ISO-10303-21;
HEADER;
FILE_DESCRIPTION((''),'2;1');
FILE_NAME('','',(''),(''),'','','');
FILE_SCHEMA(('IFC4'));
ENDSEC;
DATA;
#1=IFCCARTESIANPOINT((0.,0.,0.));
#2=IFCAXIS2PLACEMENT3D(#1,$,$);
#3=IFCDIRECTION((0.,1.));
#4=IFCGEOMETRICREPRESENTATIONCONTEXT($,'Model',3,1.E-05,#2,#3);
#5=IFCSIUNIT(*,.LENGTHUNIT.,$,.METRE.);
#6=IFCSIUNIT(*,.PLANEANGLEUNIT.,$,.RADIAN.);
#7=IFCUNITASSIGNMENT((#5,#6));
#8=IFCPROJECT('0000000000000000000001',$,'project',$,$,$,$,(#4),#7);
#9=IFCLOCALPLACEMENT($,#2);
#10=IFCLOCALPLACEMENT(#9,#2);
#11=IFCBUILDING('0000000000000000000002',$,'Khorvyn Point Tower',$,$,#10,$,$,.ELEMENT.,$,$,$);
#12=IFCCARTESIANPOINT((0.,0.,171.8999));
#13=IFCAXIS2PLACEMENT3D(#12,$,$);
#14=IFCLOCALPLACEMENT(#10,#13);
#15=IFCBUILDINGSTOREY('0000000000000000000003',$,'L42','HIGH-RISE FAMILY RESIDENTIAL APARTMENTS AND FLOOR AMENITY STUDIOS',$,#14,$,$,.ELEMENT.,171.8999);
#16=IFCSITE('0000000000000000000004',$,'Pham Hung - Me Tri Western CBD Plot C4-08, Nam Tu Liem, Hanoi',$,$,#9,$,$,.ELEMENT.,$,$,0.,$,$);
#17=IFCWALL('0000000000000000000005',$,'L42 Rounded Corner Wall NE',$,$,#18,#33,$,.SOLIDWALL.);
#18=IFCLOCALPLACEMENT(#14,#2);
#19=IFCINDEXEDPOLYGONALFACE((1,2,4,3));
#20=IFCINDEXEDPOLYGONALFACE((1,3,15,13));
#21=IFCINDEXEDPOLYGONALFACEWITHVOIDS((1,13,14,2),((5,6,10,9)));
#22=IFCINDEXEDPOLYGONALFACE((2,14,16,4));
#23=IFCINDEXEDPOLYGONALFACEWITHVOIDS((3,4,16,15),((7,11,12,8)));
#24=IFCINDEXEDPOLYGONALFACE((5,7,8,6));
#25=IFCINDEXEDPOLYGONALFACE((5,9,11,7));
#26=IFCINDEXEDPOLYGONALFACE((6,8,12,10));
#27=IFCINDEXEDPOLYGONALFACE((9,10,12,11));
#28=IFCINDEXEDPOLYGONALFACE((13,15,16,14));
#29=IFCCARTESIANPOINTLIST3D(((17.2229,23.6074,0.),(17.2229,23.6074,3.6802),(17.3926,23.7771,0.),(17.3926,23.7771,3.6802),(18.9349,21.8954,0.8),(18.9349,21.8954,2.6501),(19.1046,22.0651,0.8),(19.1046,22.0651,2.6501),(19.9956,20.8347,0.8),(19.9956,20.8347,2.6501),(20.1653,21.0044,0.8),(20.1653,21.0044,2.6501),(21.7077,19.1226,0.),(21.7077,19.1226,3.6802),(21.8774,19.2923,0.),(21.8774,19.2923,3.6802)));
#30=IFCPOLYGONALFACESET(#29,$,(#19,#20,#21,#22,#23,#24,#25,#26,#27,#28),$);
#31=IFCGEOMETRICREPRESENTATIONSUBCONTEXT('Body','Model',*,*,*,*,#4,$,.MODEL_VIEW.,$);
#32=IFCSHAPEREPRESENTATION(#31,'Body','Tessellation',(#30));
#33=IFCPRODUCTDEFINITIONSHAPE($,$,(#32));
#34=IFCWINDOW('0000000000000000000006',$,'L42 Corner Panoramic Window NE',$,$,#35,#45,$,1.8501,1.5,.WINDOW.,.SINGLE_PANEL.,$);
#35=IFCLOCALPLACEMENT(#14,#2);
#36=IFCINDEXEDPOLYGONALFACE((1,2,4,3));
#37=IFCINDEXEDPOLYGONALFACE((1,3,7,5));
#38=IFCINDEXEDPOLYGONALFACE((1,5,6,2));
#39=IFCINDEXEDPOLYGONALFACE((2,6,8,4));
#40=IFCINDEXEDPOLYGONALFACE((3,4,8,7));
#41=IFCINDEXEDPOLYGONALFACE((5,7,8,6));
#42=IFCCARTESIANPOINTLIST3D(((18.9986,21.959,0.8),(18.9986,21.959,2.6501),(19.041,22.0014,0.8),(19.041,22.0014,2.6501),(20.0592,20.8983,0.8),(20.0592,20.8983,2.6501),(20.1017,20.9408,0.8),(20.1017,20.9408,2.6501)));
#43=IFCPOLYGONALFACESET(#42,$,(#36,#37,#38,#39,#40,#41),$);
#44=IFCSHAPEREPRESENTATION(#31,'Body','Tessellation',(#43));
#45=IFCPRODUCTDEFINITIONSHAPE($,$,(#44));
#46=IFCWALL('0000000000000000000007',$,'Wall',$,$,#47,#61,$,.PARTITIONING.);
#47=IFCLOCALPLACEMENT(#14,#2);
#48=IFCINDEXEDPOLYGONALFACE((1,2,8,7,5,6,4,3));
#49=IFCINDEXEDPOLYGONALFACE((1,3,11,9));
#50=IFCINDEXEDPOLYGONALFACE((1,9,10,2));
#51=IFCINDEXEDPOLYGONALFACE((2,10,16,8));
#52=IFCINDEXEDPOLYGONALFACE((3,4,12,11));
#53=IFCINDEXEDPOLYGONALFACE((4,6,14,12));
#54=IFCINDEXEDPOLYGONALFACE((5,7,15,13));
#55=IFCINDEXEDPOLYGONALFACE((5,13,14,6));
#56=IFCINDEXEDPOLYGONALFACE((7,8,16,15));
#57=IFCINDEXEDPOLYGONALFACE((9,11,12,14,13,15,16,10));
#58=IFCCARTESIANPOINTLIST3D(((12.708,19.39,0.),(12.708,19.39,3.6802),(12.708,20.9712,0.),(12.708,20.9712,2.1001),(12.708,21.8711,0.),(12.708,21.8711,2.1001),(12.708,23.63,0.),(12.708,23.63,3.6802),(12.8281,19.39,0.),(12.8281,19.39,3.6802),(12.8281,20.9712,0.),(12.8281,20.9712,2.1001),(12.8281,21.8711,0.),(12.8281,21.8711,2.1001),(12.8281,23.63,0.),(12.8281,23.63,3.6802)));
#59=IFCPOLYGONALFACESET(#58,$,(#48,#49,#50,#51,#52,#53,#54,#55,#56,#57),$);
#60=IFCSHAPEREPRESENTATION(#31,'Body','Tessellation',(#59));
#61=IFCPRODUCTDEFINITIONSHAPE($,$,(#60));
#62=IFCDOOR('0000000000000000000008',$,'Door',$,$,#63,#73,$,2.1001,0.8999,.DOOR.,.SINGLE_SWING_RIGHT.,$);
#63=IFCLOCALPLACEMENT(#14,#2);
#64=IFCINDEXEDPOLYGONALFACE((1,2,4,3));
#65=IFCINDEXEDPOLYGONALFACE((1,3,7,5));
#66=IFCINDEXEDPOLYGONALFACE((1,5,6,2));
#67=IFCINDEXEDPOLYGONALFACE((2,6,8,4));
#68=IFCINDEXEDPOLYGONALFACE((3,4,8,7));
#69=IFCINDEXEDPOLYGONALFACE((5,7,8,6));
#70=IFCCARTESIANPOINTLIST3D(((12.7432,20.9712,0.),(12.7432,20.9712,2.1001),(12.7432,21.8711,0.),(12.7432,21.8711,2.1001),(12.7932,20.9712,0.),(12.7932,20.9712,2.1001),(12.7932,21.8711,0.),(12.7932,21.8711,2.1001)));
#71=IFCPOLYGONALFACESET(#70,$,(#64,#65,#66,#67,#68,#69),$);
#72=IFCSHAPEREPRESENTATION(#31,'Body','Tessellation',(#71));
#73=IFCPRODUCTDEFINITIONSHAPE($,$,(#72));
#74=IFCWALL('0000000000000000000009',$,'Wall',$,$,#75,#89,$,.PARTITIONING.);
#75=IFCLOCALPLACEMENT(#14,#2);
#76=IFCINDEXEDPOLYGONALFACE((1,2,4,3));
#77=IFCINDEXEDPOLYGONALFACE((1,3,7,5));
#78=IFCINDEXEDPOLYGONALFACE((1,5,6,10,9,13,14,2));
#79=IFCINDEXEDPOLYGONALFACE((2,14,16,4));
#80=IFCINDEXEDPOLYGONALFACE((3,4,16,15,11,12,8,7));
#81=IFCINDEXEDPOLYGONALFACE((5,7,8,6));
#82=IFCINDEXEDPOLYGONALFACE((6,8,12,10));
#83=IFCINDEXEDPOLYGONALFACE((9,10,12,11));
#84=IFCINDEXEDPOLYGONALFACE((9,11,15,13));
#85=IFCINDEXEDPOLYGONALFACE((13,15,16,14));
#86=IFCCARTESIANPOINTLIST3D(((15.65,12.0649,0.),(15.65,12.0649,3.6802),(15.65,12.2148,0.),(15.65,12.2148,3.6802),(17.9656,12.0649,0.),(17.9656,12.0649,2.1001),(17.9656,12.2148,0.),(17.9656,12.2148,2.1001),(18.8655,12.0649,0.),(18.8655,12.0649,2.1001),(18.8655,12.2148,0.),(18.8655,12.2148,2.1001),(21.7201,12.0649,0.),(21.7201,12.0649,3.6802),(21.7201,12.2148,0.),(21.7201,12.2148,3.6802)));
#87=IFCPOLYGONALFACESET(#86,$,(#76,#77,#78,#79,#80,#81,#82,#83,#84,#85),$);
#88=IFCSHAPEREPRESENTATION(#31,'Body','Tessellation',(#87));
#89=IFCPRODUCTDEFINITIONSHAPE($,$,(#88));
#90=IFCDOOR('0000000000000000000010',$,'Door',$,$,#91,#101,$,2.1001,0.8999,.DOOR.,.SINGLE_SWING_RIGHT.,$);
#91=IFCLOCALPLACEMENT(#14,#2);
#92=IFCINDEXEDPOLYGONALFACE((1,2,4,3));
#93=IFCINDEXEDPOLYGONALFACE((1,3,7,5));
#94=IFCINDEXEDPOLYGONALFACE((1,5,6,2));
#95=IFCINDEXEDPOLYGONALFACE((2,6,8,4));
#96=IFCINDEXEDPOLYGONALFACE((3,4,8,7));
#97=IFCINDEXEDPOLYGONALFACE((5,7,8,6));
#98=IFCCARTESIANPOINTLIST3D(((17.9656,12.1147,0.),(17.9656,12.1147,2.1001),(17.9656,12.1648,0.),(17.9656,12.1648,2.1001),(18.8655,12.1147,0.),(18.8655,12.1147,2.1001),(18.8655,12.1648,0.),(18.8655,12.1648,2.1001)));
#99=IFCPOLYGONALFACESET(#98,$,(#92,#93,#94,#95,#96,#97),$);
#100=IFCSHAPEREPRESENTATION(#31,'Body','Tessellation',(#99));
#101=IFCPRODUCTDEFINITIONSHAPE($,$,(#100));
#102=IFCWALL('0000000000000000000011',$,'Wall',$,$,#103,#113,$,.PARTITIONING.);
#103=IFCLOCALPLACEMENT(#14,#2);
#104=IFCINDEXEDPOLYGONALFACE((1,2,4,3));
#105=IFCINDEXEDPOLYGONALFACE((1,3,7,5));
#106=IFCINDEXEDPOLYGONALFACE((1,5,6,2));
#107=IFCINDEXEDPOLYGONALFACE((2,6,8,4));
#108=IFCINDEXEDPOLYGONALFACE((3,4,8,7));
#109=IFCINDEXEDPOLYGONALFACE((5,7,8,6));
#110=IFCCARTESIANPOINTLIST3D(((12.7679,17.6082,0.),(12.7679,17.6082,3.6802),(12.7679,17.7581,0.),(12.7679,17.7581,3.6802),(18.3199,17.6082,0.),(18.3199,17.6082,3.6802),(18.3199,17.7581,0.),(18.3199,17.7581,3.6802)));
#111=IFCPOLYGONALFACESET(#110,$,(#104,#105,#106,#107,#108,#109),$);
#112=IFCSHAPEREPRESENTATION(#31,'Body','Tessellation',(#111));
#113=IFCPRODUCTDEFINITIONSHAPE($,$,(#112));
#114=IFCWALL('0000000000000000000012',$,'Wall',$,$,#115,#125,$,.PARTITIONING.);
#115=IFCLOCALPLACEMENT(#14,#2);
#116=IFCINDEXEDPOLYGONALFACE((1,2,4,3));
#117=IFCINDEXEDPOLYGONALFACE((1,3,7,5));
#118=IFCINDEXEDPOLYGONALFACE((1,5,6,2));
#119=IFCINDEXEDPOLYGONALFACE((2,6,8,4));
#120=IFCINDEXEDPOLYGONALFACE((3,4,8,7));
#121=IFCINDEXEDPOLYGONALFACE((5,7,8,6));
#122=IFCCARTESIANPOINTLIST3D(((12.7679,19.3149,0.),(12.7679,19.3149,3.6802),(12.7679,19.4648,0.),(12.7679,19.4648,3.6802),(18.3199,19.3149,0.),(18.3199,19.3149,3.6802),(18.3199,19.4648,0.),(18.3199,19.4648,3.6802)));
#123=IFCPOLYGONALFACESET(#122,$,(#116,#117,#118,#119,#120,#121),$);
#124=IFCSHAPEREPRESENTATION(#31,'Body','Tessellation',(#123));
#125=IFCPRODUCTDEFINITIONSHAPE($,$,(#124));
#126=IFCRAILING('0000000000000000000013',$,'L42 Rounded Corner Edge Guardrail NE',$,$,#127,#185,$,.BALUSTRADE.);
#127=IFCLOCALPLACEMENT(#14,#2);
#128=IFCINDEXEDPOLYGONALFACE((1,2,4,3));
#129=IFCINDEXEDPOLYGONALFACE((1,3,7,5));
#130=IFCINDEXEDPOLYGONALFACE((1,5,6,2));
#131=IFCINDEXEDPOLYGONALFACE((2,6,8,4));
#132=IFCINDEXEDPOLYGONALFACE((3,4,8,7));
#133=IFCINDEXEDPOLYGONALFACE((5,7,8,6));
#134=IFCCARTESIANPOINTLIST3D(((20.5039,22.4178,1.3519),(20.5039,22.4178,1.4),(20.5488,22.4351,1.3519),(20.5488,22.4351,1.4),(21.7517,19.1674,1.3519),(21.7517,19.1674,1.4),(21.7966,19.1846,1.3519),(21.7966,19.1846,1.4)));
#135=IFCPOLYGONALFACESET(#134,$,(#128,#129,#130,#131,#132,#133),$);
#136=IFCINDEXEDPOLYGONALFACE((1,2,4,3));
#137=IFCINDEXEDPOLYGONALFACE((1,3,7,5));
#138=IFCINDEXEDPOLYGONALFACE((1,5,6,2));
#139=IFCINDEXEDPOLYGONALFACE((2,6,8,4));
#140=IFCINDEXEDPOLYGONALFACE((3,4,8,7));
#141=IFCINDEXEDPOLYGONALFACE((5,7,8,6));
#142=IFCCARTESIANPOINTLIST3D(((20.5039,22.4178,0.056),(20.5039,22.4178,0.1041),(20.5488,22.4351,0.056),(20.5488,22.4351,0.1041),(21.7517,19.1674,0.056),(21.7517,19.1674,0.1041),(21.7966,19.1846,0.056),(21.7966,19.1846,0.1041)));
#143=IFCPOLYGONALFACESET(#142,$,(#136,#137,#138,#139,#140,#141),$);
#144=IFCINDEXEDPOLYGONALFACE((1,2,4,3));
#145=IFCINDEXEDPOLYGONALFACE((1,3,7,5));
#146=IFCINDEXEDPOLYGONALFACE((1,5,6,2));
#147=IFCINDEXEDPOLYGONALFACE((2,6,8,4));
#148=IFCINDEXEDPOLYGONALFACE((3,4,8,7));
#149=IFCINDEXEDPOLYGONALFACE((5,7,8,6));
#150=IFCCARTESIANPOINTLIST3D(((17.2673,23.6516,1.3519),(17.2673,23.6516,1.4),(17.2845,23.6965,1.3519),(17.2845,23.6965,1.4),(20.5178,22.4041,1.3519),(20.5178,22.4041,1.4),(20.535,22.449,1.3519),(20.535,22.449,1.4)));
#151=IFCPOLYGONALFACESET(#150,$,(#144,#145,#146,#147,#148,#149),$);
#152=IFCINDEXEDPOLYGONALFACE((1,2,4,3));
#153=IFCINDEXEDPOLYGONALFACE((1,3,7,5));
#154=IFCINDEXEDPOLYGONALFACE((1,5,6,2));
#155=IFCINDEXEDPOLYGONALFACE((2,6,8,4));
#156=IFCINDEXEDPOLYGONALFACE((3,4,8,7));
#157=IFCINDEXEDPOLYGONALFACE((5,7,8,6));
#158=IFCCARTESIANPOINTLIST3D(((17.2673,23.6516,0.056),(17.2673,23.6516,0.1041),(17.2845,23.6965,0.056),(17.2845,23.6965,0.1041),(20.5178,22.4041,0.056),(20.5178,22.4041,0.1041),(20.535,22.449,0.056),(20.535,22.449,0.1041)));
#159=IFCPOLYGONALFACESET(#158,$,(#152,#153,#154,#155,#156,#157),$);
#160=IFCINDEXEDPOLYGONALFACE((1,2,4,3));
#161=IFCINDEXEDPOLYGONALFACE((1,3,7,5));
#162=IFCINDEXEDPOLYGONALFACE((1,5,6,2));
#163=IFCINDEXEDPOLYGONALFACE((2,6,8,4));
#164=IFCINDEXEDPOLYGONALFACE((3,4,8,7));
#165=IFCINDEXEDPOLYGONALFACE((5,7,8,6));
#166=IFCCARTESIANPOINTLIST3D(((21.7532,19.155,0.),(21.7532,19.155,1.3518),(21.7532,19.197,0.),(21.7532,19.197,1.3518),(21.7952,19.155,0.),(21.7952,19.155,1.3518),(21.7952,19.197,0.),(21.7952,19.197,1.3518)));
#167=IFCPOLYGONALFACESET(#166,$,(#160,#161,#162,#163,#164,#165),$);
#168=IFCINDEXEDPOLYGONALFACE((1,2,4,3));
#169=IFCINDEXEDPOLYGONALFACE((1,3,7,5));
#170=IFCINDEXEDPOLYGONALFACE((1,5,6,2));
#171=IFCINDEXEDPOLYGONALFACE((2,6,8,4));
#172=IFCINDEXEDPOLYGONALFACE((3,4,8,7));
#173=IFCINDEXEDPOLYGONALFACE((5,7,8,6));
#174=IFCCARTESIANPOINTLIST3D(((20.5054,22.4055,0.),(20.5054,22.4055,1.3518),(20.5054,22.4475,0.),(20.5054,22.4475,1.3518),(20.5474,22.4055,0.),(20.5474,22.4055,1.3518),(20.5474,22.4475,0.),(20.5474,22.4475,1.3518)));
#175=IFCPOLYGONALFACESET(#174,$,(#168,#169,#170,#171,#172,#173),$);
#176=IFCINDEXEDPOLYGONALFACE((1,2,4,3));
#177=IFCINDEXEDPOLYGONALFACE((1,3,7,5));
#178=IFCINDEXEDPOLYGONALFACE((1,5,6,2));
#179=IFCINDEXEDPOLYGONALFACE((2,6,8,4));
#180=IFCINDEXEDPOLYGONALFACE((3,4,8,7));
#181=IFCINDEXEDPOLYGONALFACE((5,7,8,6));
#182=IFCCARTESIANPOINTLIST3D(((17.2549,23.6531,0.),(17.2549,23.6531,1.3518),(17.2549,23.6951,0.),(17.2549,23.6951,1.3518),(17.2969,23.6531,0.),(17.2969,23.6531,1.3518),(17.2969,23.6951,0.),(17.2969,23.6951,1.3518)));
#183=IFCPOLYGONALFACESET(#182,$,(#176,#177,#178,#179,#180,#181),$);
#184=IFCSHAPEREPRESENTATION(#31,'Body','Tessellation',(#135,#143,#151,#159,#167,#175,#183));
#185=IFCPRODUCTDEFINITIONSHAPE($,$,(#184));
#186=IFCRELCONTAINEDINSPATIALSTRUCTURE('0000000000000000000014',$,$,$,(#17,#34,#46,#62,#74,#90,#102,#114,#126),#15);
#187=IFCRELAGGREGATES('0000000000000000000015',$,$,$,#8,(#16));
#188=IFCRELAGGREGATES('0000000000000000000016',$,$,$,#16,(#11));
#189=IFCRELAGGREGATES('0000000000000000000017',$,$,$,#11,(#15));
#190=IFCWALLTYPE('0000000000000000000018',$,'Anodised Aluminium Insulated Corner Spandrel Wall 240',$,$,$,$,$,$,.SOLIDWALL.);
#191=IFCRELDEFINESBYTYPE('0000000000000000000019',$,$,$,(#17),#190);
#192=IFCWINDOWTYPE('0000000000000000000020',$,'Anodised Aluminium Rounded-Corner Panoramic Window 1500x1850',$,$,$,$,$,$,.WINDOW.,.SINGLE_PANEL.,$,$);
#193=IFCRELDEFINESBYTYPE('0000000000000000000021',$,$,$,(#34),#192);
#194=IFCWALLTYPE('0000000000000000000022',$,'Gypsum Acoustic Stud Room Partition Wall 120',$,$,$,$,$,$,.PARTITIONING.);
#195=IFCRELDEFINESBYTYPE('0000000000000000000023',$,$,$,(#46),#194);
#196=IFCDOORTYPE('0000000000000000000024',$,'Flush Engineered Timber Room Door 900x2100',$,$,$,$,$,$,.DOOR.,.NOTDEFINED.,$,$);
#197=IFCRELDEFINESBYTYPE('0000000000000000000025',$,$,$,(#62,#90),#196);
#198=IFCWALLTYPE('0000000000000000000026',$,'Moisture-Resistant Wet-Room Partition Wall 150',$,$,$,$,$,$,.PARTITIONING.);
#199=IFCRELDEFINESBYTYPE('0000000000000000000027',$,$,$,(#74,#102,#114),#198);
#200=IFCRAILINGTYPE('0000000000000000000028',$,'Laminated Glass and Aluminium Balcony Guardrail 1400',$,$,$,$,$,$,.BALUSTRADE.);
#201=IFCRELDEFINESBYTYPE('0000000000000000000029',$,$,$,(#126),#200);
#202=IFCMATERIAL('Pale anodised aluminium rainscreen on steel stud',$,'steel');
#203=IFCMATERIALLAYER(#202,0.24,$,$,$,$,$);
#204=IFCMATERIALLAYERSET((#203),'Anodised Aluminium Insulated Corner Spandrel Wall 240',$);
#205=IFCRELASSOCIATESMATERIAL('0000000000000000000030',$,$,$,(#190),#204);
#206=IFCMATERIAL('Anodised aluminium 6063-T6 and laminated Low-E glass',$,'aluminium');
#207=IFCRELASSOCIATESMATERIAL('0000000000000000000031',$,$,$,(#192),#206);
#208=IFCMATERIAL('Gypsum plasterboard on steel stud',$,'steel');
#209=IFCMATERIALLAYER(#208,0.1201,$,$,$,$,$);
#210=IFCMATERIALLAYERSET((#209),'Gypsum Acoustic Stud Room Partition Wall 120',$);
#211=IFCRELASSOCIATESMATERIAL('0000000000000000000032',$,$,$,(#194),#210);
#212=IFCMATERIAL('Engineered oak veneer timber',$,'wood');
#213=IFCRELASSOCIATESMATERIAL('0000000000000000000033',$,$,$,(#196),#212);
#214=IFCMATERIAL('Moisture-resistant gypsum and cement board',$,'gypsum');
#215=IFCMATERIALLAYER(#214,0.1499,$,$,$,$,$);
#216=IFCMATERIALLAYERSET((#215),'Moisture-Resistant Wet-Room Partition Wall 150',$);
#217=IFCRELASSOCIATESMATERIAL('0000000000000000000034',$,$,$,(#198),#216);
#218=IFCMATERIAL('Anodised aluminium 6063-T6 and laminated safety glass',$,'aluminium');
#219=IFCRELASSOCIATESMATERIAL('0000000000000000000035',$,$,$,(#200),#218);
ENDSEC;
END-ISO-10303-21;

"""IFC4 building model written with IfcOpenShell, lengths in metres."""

from ifc_helpers import new_model, si_unit, direction, frame, frame_2d, origin, origin_2d, place, context, subcontext, project, spatial, rectangle, extrude, material, layer, layer_set, type_object, element, fill, save


model = new_model("IFC4")

# Units and contexts
model_context = context("Model", 3, precision=1e-05, world=origin(), true_north=direction((0.0, 1.0)))
body_context = subcontext(model_context, "Body", "Model", "MODEL_VIEW")
ifc_project = project(units=[si_unit("LENGTHUNIT", "METRE"), si_unit("PLANEANGLEUNIT", "RADIAN")], contexts=[model_context])

# Site, building, storey
site_placement = place(None, origin())
site = spatial("IfcSite", under=ifc_project, at=site_placement, Name="Pham Hung - Me Tri Western CBD Plot C4-08, Nam Tu Liem, Hanoi", CompositionType="ELEMENT", RefElevation=0.0)
building_placement = place(site_placement, origin())
building = spatial("IfcBuilding", under=site, at=building_placement, Name="Khorvyn Point Tower", CompositionType="ELEMENT")
storey_placement = place(building_placement, frame((0.0, 0.0, 171.8999)))
storey = spatial("IfcBuildingStorey", under=building, at=storey_placement, Name="L42", Description="HIGH-RISE FAMILY RESIDENTIAL APARTMENTS AND FLOOR AMENITY STUDIOS", CompositionType="ELEMENT", Elevation=171.8999)

# Shared definitions
ifc_material_1 = material(Name="Anodised aluminium 6063-T6 and laminated Low-E glass", Category="aluminium")

# Wall, opening, window
ifc_material_2 = material(Name="Pale anodised aluminium rainscreen on steel stud", Category="steel")
ifc_layer_1 = layer(ifc_material_2, 0.24)
ifc_layer_set_1 = layer_set([ifc_layer_1], Name="Anodised Aluminium Insulated Corner Spandrel Wall 240")
wall_type_1 = type_object("IfcWallType", Name="Anodised Aluminium Insulated Corner Spandrel Wall 240", PredefinedType="SOLIDWALL", material=ifc_layer_set_1)
wall_1_placement = place(storey_placement, frame((17.3076, 23.6924, 0.0), z_axis=(0.0, 0.0, 1.0), x_axis=(0.707107, -0.707107, 0.0)))
wall_1 = element("IfcWall", 1, at=wall_1_placement, inside=storey, type_object=wall_type_1, Name="L42 Rounded Corner Wall NE", PredefinedType="SOLIDWALL", context=body_context, shape_type="SweptSolid", body=[
    extrude(rectangle(XDim=6.3425, YDim=0.24, at=frame_2d((3.1714, 0.0))), origin(), (0.0, 0.0, 1.0), 3.6802),
])
opening_1_placement = place(wall_1_placement, frame((2.4214, 0.0, 0.8)))
opening_1 = element("IfcOpeningElement", 2, at=opening_1_placement, cuts=wall_1, PredefinedType="OPENING", context=body_context, shape_type="SweptSolid", body=[
    extrude(rectangle(XDim=1.5, YDim=1.8501, at=frame_2d((0.75, 0.925))), frame((0.0, 0.1299, 0.0), z_axis=(0.0, -1.0, 0.0), x_axis=(1.0, 0.0, 0.0)), (0.0, 0.0, 1.0), 0.26),
])
window_type = type_object("IfcWindowType", Name="Anodised Aluminium Rounded-Corner Panoramic Window 1500x1850", PartitioningType="SINGLE_PANEL", PredefinedType="WINDOW", material=ifc_material_1)
window_placement = place(opening_1_placement, origin())
window = element("IfcWindow", 3, at=window_placement, inside=storey, type_object=window_type, Name="L42 Corner Panoramic Window NE", OverallHeight=1.8501, OverallWidth=1.5, PartitioningType="SINGLE_PANEL", PredefinedType="WINDOW", context=body_context, shape_type="SweptSolid", body=[
    extrude(rectangle(XDim=1.5, YDim=1.8501, at=frame_2d((0.75, 0.925))), frame((0.0, 0.03, 0.0), z_axis=(0.0, -1.0, 0.0), x_axis=(1.0, 0.0, 0.0)), (0.0, 0.0, 1.0), 0.0601),
])
fill(opening_1, window)

# Walls, openings, doors
ifc_material_3 = material(Name="Gypsum plasterboard on steel stud", Category="steel")
ifc_layer_2 = layer(ifc_material_3, 0.1201)
ifc_layer_set_2 = layer_set([ifc_layer_2], Name="Gypsum Acoustic Stud Room Partition Wall 120")
wall_type_2 = type_object("IfcWallType", Name="Gypsum Acoustic Stud Room Partition Wall 120", PredefinedType="PARTITIONING", material=ifc_layer_set_2)
wall_2_placement = place(storey_placement, frame((12.7681, 19.3899, 0.0), z_axis=(0.0, 0.0, 1.0), x_axis=(0.0, 1.0, 0.0)))
wall_2 = element("IfcWall", 4, at=wall_2_placement, inside=storey, type_object=wall_type_2, Name="Wall", PredefinedType="PARTITIONING", context=body_context, shape_type="SweptSolid", body=[
    extrude(rectangle(XDim=4.24, YDim=0.1201, at=frame_2d((2.1201, 0.0))), origin(), (0.0, 0.0, 1.0), 3.6802),
])
opening_2_placement = place(wall_2_placement, frame((1.5813, 0.0, 0.0)))
opening_2 = element("IfcOpeningElement", 5, at=opening_2_placement, cuts=wall_2, PredefinedType="OPENING", context=body_context, shape_type="SweptSolid", body=[
    extrude(rectangle(XDim=0.8999, YDim=2.1001, at=frame_2d((0.45, 1.05))), frame((0.0, 0.0701, 0.0), z_axis=(0.0, -1.0, 0.0), x_axis=(1.0, 0.0, 0.0)), (0.0, 0.0, 1.0), 0.1401),
])
ifc_material_4 = material(Name="Engineered oak veneer timber", Category="wood")
door_type = type_object("IfcDoorType", Name="Flush Engineered Timber Room Door 900x2100", OperationType="NOTDEFINED", PredefinedType="DOOR", material=ifc_material_4)
door_1_placement = place(opening_2_placement, origin())
door_1 = element("IfcDoor", 6, at=door_1_placement, inside=storey, type_object=door_type, Name="Door", OperationType="SINGLE_SWING_RIGHT", OverallHeight=2.1001, OverallWidth=0.8999, PredefinedType="DOOR", context=body_context, shape_type="SweptSolid", body=[
    extrude(rectangle(XDim=0.8999, YDim=2.1001, at=frame_2d((0.45, 1.05))), frame((0.0, 0.0249, 0.0), z_axis=(0.0, -1.0, 0.0), x_axis=(1.0, 0.0, 0.0)), (0.0, 0.0, 1.0), 0.05),
])
fill(opening_2, door_1)
ifc_material_5 = material(Name="Moisture-resistant gypsum and cement board", Category="gypsum")
ifc_layer_3 = layer(ifc_material_5, 0.1499)
ifc_layer_set_3 = layer_set([ifc_layer_3], Name="Moisture-Resistant Wet-Room Partition Wall 150")
wall_type_3 = type_object("IfcWallType", Name="Moisture-Resistant Wet-Room Partition Wall 150", PredefinedType="PARTITIONING", material=ifc_layer_set_3)
wall_3_placement = place(storey_placement, frame((15.6499, 12.1399, 0.0), z_axis=(0.0, 0.0, 1.0), x_axis=(1.0, 0.0, 0.0)))
wall_3 = element("IfcWall", 7, at=wall_3_placement, inside=storey, type_object=wall_type_3, Name="Wall", PredefinedType="PARTITIONING", context=body_context, shape_type="SweptSolid", body=[
    extrude(rectangle(XDim=6.0701, YDim=0.1499, at=frame_2d((3.0352, 0.0))), origin(), (0.0, 0.0, 1.0), 3.6802),
])
opening_3_placement = place(wall_3_placement, frame((2.3157, 0.0, 0.0)))
opening_3 = element("IfcOpeningElement", 8, at=opening_3_placement, cuts=wall_3, PredefinedType="OPENING", context=body_context, shape_type="SweptSolid", body=[
    extrude(rectangle(XDim=0.8999, YDim=2.1001, at=frame_2d((0.45, 1.05))), frame((0.0, 0.085, 0.0), z_axis=(0.0, -1.0, 0.0), x_axis=(1.0, 0.0, 0.0)), (0.0, 0.0, 1.0), 0.1699),
])
door_2_placement = place(opening_3_placement, origin())
door_2 = element("IfcDoor", 9, at=door_2_placement, inside=storey, type_object=door_type, Name="Door", OperationType="SINGLE_SWING_RIGHT", OverallHeight=2.1001, OverallWidth=0.8999, PredefinedType="DOOR", context=body_context, shape_type="SweptSolid", body=[
    extrude(rectangle(XDim=0.8999, YDim=2.1001, at=frame_2d((0.45, 1.05))), frame((0.0, 0.0249, 0.0), z_axis=(0.0, -1.0, 0.0), x_axis=(1.0, 0.0, 0.0)), (0.0, 0.0, 1.0), 0.05),
])
fill(opening_3, door_2)

# Walls
for number, where, z_axis, x_axis, name in (
    (10, (12.7681, 17.6831, 0.0), (0.0, 0.0, 1.0), (1.0, 0.0, 0.0), "Wall"),
    (11, (12.7681, 19.3899, 0.0), (0.0, 0.0, 1.0), (1.0, 0.0, 0.0), "Wall"),
):
    element("IfcWall", number, at=place(storey_placement, frame(where, z_axis=z_axis, x_axis=x_axis)), inside=storey, type_object=wall_type_3, Name=name, PredefinedType="PARTITIONING", context=body_context, shape_type="SweptSolid", body=[
        extrude(rectangle(XDim=5.552, YDim=0.1499, at=frame_2d((2.7759, 0.0))), origin(), (0.0, 0.0, 1.0), 3.6802),
    ])

# Railing
ifc_material_6 = material(Name="Anodised aluminium 6063-T6 and laminated safety glass", Category="aluminium")
railing_type = type_object("IfcRailingType", Name="Laminated Glass and Aluminium Balcony Guardrail 1400", PredefinedType="BALUSTRADE", material=ifc_material_6)
railing_1_placement = place(storey_placement, frame((21.7742, 19.176, 0.0)))
element("IfcRailing", 12, at=railing_1_placement, inside=storey, type_object=railing_type, Name="L42 Rounded Corner Edge Guardrail NE", PredefinedType="BALUSTRADE", context=body_context, shape_type="SweptSolid", body=[
    extrude(rectangle(XDim=0.0481, YDim=0.0481, at=origin_2d()), frame((0.0, 0.0, 1.376), z_axis=(-0.358382, 0.933575, 0.0), x_axis=(-0.933575, -0.358382, 0.0)), (0.0, 0.0, 1.0), 3.4817),
    extrude(rectangle(XDim=0.0481, YDim=0.0481, at=origin_2d()), frame((0.0, 0.0, 0.0801), z_axis=(-0.358382, 0.933575, 0.0), x_axis=(-0.933575, -0.358382, 0.0)), (0.0, 0.0, 1.0), 3.4817),
    extrude(rectangle(XDim=0.0481, YDim=0.0481, at=origin_2d()), frame((-1.2478, 3.2505, 1.376), z_axis=(-0.933598, 0.358321, 0.0), x_axis=(-0.358321, -0.933598, 0.0)), (0.0, 0.0, 1.0), 3.4817),
    extrude(rectangle(XDim=0.0481, YDim=0.0481, at=origin_2d()), frame((-1.2478, 3.2505, 0.0801), z_axis=(-0.933598, 0.358321, 0.0), x_axis=(-0.358321, -0.933598, 0.0)), (0.0, 0.0, 1.0), 3.4817),
    extrude(rectangle(XDim=0.042, YDim=0.042, at=origin_2d()), origin(), (0.0, 0.0, 1.0), 1.3518),
    extrude(rectangle(XDim=0.042, YDim=0.042, at=origin_2d()), frame((-1.2478, 3.2505, 0.0)), (0.0, 0.0, 1.0), 1.3518),
    extrude(rectangle(XDim=0.042, YDim=0.042, at=origin_2d()), frame((-4.4983, 4.498, 0.0)), (0.0, 0.0, 1.0), 1.3518),
])

save(model, "model.ifc")
